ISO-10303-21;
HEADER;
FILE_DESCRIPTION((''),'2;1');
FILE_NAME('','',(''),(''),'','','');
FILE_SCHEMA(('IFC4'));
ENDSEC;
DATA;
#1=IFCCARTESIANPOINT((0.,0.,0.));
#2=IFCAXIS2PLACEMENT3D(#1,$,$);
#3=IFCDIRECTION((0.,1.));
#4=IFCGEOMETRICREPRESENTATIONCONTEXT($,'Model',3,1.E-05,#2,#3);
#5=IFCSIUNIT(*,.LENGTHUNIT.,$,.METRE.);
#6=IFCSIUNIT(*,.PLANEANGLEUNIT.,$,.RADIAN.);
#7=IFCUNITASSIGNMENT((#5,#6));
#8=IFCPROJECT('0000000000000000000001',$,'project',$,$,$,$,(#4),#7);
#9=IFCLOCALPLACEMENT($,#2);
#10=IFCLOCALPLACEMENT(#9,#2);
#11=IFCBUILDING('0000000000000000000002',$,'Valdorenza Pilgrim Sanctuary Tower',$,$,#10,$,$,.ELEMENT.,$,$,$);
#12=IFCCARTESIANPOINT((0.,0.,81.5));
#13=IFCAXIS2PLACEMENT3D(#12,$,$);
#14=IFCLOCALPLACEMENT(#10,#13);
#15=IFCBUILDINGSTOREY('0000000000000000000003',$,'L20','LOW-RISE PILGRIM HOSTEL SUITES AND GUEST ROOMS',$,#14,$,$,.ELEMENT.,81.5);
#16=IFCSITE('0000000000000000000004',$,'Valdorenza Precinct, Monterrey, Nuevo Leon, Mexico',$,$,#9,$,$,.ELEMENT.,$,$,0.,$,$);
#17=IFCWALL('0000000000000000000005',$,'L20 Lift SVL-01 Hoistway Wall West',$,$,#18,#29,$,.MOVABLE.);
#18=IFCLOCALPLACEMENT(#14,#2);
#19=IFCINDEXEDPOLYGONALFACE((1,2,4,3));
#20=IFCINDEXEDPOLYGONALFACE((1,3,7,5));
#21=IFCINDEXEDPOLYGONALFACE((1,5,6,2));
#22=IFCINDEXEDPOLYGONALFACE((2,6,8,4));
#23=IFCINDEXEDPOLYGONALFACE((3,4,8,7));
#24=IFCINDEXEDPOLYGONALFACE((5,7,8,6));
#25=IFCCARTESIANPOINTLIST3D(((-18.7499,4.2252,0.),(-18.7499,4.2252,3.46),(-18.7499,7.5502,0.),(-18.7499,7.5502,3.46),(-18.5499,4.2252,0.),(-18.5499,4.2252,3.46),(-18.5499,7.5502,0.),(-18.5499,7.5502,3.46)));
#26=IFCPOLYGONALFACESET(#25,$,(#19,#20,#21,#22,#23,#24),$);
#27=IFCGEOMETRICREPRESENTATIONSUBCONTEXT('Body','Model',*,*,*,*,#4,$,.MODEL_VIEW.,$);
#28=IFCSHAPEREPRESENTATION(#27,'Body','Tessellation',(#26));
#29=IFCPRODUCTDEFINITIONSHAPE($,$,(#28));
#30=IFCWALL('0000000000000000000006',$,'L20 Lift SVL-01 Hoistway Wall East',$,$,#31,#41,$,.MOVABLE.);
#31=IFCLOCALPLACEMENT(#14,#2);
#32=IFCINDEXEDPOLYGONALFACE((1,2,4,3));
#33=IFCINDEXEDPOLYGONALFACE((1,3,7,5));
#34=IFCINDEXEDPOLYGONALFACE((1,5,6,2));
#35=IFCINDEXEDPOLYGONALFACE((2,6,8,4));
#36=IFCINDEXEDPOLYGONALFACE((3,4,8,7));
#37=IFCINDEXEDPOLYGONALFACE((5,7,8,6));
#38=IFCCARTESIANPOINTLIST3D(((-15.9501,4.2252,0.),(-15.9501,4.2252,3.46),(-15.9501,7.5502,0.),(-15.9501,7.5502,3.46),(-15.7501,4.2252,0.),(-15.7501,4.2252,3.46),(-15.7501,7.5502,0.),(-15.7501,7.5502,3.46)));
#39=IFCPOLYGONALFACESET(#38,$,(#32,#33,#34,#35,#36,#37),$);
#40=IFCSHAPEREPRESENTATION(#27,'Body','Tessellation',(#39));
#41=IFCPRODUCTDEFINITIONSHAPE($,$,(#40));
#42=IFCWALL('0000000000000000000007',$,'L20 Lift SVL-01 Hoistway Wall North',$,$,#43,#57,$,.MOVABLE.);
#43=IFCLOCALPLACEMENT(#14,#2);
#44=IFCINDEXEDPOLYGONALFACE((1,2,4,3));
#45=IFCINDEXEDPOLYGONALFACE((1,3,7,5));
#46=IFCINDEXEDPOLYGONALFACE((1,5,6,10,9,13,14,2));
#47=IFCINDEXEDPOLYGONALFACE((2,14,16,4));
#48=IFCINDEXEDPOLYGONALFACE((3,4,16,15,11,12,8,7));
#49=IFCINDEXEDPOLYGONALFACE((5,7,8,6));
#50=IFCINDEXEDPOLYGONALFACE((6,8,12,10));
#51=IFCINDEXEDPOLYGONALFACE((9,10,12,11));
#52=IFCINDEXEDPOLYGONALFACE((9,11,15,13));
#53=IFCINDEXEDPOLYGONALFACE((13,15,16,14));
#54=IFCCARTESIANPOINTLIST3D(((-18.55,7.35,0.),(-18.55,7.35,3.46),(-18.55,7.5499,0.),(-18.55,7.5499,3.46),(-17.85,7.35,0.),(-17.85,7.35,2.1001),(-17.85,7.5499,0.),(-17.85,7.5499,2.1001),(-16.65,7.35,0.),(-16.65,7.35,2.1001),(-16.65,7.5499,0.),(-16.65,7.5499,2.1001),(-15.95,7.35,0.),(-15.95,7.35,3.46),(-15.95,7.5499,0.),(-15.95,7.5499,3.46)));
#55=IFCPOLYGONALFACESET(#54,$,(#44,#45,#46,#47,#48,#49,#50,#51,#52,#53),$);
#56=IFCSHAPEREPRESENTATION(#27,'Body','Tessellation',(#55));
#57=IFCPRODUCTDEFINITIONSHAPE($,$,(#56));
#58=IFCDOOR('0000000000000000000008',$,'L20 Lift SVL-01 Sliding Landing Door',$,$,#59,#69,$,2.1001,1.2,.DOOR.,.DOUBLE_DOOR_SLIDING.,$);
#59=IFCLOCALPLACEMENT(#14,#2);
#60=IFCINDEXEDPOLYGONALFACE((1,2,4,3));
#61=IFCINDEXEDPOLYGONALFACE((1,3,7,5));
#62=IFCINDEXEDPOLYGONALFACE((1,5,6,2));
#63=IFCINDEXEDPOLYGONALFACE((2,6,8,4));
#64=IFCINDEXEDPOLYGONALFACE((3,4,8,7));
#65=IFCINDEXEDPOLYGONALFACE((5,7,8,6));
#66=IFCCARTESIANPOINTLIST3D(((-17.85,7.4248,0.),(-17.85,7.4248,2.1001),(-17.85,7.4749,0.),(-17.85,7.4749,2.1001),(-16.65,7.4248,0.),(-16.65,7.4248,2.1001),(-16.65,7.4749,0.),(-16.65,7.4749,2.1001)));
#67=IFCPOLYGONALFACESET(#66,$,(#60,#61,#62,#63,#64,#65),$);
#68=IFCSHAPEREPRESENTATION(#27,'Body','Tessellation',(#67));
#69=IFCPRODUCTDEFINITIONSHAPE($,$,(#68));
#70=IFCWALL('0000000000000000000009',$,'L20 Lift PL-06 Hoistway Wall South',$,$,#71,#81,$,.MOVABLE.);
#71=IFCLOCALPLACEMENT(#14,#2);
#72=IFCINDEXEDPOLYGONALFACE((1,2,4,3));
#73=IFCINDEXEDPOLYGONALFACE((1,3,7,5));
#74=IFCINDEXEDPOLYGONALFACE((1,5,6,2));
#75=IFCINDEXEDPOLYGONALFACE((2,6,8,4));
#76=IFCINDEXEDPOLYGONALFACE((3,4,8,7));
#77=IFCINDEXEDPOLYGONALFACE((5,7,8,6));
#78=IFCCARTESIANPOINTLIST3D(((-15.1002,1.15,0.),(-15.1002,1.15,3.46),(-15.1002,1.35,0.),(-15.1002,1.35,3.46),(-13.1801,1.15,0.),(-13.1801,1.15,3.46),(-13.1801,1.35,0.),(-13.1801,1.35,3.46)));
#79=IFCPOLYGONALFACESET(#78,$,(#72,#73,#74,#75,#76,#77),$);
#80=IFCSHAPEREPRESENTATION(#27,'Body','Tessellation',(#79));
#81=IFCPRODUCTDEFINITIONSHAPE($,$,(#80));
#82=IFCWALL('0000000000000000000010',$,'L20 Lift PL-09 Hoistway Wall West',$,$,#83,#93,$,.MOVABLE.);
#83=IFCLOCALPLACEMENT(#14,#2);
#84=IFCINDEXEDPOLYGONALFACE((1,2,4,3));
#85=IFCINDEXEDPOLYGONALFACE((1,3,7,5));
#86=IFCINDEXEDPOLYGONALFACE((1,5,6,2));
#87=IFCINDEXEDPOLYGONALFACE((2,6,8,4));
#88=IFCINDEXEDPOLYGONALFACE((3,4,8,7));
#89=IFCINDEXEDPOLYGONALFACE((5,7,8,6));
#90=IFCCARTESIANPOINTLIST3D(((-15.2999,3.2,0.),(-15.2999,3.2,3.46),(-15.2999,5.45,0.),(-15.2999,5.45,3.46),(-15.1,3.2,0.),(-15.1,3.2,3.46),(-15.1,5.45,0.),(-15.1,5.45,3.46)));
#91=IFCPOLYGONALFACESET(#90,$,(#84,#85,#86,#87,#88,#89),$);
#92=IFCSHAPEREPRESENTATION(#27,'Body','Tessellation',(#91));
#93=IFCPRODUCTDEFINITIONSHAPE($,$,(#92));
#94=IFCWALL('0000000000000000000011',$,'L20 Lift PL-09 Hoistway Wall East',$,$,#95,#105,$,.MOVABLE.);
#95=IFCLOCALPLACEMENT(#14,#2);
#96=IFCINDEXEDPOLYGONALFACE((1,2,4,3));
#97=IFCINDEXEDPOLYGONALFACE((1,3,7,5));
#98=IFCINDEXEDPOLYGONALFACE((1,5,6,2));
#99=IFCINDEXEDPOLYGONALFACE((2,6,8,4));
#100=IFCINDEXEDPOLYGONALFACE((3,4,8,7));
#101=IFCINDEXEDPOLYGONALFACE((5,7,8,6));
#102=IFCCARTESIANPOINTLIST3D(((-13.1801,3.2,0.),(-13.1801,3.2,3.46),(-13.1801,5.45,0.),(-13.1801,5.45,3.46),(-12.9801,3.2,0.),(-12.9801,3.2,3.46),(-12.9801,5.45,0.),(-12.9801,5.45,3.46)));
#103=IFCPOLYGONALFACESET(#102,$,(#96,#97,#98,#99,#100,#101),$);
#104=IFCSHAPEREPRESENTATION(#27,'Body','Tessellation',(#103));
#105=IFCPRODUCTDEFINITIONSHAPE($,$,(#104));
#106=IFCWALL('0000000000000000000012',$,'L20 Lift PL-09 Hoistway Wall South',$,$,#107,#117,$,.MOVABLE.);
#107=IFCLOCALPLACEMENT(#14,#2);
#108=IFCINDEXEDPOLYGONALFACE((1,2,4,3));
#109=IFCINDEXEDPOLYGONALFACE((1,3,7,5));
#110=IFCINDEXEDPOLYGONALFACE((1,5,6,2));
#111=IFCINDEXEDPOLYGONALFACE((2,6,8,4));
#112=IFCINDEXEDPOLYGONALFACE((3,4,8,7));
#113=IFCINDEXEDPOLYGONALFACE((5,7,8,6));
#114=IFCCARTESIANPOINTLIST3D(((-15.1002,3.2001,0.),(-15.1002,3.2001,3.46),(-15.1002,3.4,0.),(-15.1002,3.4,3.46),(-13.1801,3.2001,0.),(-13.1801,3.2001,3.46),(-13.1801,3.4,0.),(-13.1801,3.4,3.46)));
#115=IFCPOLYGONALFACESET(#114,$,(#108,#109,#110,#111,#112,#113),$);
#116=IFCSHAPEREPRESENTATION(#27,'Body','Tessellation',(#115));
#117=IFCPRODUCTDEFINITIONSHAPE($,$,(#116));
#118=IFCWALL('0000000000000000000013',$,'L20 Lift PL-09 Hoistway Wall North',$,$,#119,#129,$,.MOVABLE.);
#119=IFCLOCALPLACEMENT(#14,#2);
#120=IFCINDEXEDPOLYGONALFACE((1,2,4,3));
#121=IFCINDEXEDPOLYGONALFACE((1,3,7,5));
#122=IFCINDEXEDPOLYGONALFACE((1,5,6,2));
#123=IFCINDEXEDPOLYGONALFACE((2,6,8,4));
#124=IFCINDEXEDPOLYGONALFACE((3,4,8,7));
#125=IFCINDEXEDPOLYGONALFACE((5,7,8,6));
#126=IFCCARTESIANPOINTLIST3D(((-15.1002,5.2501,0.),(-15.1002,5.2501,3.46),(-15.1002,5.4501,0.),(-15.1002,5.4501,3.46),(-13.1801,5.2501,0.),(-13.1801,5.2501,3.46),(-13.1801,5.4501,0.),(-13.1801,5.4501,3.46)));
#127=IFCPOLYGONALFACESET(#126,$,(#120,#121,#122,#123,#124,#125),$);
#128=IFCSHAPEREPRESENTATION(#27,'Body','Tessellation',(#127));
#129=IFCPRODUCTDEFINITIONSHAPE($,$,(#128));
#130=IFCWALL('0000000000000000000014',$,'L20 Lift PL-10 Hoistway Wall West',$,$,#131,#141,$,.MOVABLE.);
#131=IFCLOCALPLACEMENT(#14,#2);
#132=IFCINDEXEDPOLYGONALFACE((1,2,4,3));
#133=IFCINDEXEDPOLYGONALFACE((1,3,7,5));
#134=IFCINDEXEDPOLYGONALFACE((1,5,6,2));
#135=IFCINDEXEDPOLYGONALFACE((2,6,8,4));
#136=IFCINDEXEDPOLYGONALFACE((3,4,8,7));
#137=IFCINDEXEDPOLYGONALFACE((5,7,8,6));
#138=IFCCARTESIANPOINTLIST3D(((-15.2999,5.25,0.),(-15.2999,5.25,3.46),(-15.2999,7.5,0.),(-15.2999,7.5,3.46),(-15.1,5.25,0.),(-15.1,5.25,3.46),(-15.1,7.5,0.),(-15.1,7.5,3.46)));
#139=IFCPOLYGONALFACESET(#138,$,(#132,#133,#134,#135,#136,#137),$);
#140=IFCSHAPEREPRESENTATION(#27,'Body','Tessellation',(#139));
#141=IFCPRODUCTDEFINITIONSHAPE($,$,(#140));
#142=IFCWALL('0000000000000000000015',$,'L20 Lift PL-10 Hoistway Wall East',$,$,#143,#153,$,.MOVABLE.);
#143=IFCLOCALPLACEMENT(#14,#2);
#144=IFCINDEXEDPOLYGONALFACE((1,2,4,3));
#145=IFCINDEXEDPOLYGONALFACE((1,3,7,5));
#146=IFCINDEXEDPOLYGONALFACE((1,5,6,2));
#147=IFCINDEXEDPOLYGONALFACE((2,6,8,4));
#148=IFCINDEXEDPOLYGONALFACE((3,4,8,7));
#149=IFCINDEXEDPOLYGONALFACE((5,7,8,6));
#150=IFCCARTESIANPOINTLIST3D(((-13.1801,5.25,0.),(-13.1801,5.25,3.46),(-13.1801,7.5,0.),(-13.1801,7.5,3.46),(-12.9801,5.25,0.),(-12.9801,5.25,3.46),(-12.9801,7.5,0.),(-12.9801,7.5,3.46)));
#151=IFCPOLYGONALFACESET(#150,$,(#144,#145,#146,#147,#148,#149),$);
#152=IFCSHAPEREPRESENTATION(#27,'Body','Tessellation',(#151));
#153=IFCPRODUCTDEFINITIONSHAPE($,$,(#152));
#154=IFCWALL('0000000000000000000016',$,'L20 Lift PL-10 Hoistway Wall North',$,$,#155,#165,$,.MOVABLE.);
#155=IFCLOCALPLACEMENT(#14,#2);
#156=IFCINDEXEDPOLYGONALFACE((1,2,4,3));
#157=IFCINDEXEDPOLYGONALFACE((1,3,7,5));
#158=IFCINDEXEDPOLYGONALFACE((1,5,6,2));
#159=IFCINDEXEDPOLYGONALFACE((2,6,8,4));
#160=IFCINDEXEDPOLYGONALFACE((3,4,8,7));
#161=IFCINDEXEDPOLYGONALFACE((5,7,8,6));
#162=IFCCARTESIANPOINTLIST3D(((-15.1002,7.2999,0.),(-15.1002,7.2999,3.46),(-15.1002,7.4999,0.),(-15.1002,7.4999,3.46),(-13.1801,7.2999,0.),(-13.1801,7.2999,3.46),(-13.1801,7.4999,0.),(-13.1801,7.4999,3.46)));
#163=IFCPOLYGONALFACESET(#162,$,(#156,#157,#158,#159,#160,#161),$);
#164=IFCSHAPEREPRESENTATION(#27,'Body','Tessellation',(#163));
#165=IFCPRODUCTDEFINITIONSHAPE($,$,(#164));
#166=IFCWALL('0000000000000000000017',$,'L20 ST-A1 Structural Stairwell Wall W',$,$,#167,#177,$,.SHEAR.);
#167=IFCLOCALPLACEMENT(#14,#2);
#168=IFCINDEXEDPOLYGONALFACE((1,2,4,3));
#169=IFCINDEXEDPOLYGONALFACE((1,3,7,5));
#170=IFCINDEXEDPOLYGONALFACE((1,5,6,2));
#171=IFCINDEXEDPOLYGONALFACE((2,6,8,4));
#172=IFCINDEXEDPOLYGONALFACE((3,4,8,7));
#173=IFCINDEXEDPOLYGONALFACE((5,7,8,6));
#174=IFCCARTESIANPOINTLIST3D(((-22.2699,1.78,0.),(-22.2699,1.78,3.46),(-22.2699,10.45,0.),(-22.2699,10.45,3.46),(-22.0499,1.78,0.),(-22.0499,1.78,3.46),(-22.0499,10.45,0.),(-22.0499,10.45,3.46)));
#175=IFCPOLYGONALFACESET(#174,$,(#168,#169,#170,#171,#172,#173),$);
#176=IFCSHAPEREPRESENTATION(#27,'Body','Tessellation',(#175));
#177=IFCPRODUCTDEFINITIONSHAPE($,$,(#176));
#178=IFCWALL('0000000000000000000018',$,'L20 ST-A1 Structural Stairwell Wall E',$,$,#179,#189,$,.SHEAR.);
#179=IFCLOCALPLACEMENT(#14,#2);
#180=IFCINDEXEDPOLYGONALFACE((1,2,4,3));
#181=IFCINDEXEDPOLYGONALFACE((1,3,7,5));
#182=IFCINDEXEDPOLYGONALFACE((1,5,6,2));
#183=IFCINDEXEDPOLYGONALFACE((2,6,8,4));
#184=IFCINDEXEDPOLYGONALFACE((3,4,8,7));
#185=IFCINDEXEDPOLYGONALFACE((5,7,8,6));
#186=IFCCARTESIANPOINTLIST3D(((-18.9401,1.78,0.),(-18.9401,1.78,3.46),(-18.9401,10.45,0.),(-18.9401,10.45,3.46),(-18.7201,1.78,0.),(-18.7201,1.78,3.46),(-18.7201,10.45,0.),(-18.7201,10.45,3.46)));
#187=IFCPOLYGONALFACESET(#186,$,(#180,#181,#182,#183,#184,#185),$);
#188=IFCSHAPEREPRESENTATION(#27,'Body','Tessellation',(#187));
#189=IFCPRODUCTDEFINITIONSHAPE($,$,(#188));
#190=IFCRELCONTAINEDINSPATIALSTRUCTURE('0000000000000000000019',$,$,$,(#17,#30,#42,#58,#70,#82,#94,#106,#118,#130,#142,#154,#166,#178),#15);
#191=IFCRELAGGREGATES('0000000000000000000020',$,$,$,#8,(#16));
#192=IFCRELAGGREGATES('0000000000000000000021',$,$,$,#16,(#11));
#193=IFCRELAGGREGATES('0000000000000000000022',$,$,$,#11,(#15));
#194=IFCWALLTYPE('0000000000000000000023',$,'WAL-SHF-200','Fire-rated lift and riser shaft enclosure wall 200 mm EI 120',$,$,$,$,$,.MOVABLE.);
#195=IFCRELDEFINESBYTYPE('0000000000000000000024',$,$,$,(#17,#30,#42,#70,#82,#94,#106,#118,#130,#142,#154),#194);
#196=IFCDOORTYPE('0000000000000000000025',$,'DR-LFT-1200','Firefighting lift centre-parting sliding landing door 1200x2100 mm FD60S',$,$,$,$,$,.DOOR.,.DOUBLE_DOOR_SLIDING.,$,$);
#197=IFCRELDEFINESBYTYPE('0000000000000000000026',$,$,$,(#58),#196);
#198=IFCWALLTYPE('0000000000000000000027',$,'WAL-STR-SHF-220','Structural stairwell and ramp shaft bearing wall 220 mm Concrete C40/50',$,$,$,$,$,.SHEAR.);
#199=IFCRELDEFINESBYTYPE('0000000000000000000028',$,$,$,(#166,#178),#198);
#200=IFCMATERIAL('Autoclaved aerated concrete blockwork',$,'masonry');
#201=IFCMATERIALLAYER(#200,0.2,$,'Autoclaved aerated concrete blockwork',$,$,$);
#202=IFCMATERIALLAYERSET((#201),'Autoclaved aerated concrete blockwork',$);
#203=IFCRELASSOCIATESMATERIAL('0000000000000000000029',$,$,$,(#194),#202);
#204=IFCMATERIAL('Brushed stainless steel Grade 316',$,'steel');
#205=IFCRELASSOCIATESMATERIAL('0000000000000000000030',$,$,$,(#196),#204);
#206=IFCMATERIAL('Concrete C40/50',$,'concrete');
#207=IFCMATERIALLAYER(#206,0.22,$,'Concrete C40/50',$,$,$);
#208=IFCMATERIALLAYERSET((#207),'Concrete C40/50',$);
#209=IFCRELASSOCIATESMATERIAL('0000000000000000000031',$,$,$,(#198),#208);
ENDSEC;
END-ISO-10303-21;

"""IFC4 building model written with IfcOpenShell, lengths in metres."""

from ifc_helpers import new_model, si_unit, direction, frame, frame_2d, origin, place, context, subcontext, project, spatial, rectangle, extrude, material, layer, layer_set, type_object, element, fill, save


model = new_model("IFC4")

# Units and contexts
model_context = context("Model", 3, precision=1e-05, world=origin(), true_north=direction((0.0, 1.0)))
body_context = subcontext(model_context, "Body", "Model", "MODEL_VIEW")
ifc_project = project(units=[si_unit("LENGTHUNIT", "METRE"), si_unit("PLANEANGLEUNIT", "RADIAN")], contexts=[model_context])

# Site, building, storey
site_placement = place(None, origin())
site = spatial("IfcSite", under=ifc_project, at=site_placement, Name="Valdorenza Precinct, Monterrey, Nuevo Leon, Mexico", CompositionType="ELEMENT", RefElevation=0.0)
building_placement = place(site_placement, origin())
building = spatial("IfcBuilding", under=site, at=building_placement, Name="Valdorenza Pilgrim Sanctuary Tower", CompositionType="ELEMENT")
storey_placement = place(building_placement, frame((0.0, 0.0, 81.5)))
storey = spatial("IfcBuildingStorey", under=building, at=storey_placement, Name="L20", Description="LOW-RISE PILGRIM HOSTEL SUITES AND GUEST ROOMS", CompositionType="ELEMENT", Elevation=81.5)

# Shared definitions
ifc_material_1 = material(Name="Autoclaved aerated concrete blockwork", Category="masonry")
ifc_layer_1 = layer(ifc_material_1, 0.2, Name="Autoclaved aerated concrete blockwork")
ifc_layer_set_1 = layer_set([ifc_layer_1], Name="Autoclaved aerated concrete blockwork")
wall_type_1 = type_object("IfcWallType", Name="WAL-SHF-200", Description="Fire-rated lift and riser shaft enclosure wall 200 mm EI 120", PredefinedType="MOVABLE", material=ifc_layer_set_1)

# Shared definitions
ifc_material_2 = material(Name="Brushed stainless steel Grade 316", Category="steel")
door_type_1 = type_object("IfcDoorType", Name="DR-LFT-1200", Description="Firefighting lift centre-parting sliding landing door 1200x2100 mm FD60S", OperationType="DOUBLE_DOOR_SLIDING", PredefinedType="DOOR", material=ifc_material_2)

# Walls
for number, where, z_axis, x_axis, name in (
    (1, (-18.6499, 4.2251, 0.0), (0.0, 0.0, 1.0), (0.0, 1.0, 0.0), "L20 Lift SVL-01 Hoistway Wall West"),
    (2, (-15.8501, 4.2251, 0.0), (0.0, 0.0, 1.0), (0.0, 1.0, 0.0), "L20 Lift SVL-01 Hoistway Wall East"),
):
    element("IfcWall", number, at=place(storey_placement, frame(where, z_axis=z_axis, x_axis=x_axis)), inside=storey, type_object=wall_type_1, Name=name, PredefinedType="MOVABLE", context=body_context, shape_type="SweptSolid", body=[
        extrude(rectangle(XDim=3.325, YDim=0.2, at=frame_2d((1.6626, 0.0))), origin(), (0.0, 0.0, 1.0), 3.46),
    ])

# Wall, opening, door
wall_1_placement = place(storey_placement, frame((-18.55, 7.45, 0.0), z_axis=(0.0, 0.0, 1.0), x_axis=(1.0, 0.0, 0.0)))
wall_1 = element("IfcWall", 3, at=wall_1_placement, inside=storey, type_object=wall_type_1, Name="L20 Lift SVL-01 Hoistway Wall North", PredefinedType="MOVABLE", context=body_context, shape_type="SweptSolid", body=[
    extrude(rectangle(XDim=2.6001, YDim=0.2, at=frame_2d((1.3, 0.0))), origin(), (0.0, 0.0, 1.0), 3.46),
])
opening_1_placement = place(wall_1_placement, frame((0.7, 0.0, 0.0)))
opening_1 = element("IfcOpeningElement", 4, at=opening_1_placement, cuts=wall_1, PredefinedType="OPENING", context=body_context, shape_type="SweptSolid", body=[
    extrude(rectangle(XDim=1.2, YDim=2.1001, at=frame_2d((0.6001, 1.05))), frame((0.0, 0.1147, 0.0), z_axis=(0.0, -1.0, 0.0), x_axis=(1.0, 0.0, 0.0)), (0.0, 0.0, 1.0), 0.2297),
])
door_1_placement = place(opening_1_placement, origin())
door_1 = element("IfcDoor", 5, at=door_1_placement, inside=storey, type_object=door_type_1, Name="L20 Lift SVL-01 Sliding Landing Door", OperationType="DOUBLE_DOOR_SLIDING", OverallHeight=2.1001, OverallWidth=1.2, PredefinedType="DOOR", context=body_context, shape_type="SweptSolid", body=[
    extrude(rectangle(XDim=1.2, YDim=2.1001, at=frame_2d((0.6001, 1.05))), frame((0.0, 0.0249, 0.0), z_axis=(0.0, -1.0, 0.0), x_axis=(1.0, 0.0, 0.0)), (0.0, 0.0, 1.0), 0.05),
])
fill(opening_1, door_1)

# Walls
wall_2_placement = place(storey_placement, frame((-15.1001, 1.25, 0.0), z_axis=(0.0, 0.0, 1.0), x_axis=(1.0, 0.0, 0.0)))
element("IfcWall", 6, at=wall_2_placement, inside=storey, type_object=wall_type_1, Name="L20 Lift PL-06 Hoistway Wall South", PredefinedType="MOVABLE", context=body_context, shape_type="SweptSolid", body=[
    extrude(rectangle(XDim=1.9202, YDim=0.2, at=frame_2d((0.96, 0.0))), origin(), (0.0, 0.0, 1.0), 3.46),
])
for number, where, z_axis, x_axis, name in (
    (7, (-15.2, 3.2, 0.0), (0.0, 0.0, 1.0), (0.0, 1.0, 0.0), "L20 Lift PL-09 Hoistway Wall West"),
    (8, (-13.0801, 3.2, 0.0), (0.0, 0.0, 1.0), (0.0, 1.0, 0.0), "L20 Lift PL-09 Hoistway Wall East"),
):
    element("IfcWall", number, at=place(storey_placement, frame(where, z_axis=z_axis, x_axis=x_axis)), inside=storey, type_object=wall_type_1, Name=name, PredefinedType="MOVABLE", context=body_context, shape_type="SweptSolid", body=[
        extrude(rectangle(XDim=2.25, YDim=0.2, at=frame_2d((1.125, 0.0))), origin(), (0.0, 0.0, 1.0), 3.46),
    ])
for number, where, z_axis, x_axis, name in (
    (9, (-15.1001, 3.3, 0.0), (0.0, 0.0, 1.0), (1.0, 0.0, 0.0), "L20 Lift PL-09 Hoistway Wall South"),
    (10, (-15.1001, 5.3501, 0.0), (0.0, 0.0, 1.0), (1.0, 0.0, 0.0), "L20 Lift PL-09 Hoistway Wall North"),
):
    element("IfcWall", number, at=place(storey_placement, frame(where, z_axis=z_axis, x_axis=x_axis)), inside=storey, type_object=wall_type_1, Name=name, PredefinedType="MOVABLE", context=body_context, shape_type="SweptSolid", body=[
        extrude(rectangle(XDim=1.9202, YDim=0.2, at=frame_2d((0.96, 0.0))), origin(), (0.0, 0.0, 1.0), 3.46),
    ])
for number, where, z_axis, x_axis, name in (
    (11, (-15.2, 5.25, 0.0), (0.0, 0.0, 1.0), (0.0, 1.0, 0.0), "L20 Lift PL-10 Hoistway Wall West"),
    (12, (-13.0801, 5.25, 0.0), (0.0, 0.0, 1.0), (0.0, 1.0, 0.0), "L20 Lift PL-10 Hoistway Wall East"),
):
    element("IfcWall", number, at=place(storey_placement, frame(where, z_axis=z_axis, x_axis=x_axis)), inside=storey, type_object=wall_type_1, Name=name, PredefinedType="MOVABLE", context=body_context, shape_type="SweptSolid", body=[
        extrude(rectangle(XDim=2.25, YDim=0.2, at=frame_2d((1.125, 0.0))), origin(), (0.0, 0.0, 1.0), 3.46),
    ])
wall_3_placement = place(storey_placement, frame((-15.1001, 7.3999, 0.0), z_axis=(0.0, 0.0, 1.0), x_axis=(1.0, 0.0, 0.0)))
element("IfcWall", 13, at=wall_3_placement, inside=storey, type_object=wall_type_1, Name="L20 Lift PL-10 Hoistway Wall North", PredefinedType="MOVABLE", context=body_context, shape_type="SweptSolid", body=[
    extrude(rectangle(XDim=1.9202, YDim=0.2, at=frame_2d((0.96, 0.0))), origin(), (0.0, 0.0, 1.0), 3.46),
])
ifc_material_3 = material(Name="Concrete C40/50", Category="concrete")
ifc_layer_2 = layer(ifc_material_3, 0.22, Name="Concrete C40/50")
ifc_layer_set_2 = layer_set([ifc_layer_2], Name="Concrete C40/50")
wall_type_2 = type_object("IfcWallType", Name="WAL-STR-SHF-220", Description="Structural stairwell and ramp shaft bearing wall 220 mm Concrete C40/50", PredefinedType="SHEAR", material=ifc_layer_set_2)
for number, where, z_axis, x_axis, name in (
    (14, (-22.1599, 1.78, 0.0), (0.0, 0.0, 1.0), (0.0, 1.0, 0.0), "L20 ST-A1 Structural Stairwell Wall W"),
    (15, (-18.8301, 1.78, 0.0), (0.0, 0.0, 1.0), (0.0, 1.0, 0.0), "L20 ST-A1 Structural Stairwell Wall E"),
):
    element("IfcWall", number, at=place(storey_placement, frame(where, z_axis=z_axis, x_axis=x_axis)), inside=storey, type_object=wall_type_2, Name=name, PredefinedType="SHEAR", context=body_context, shape_type="SweptSolid", body=[
        extrude(rectangle(XDim=8.6699, YDim=0.22, at=frame_2d((4.335, 0.0))), origin(), (0.0, 0.0, 1.0), 3.46),
    ])

save(model, "model.ifc")
